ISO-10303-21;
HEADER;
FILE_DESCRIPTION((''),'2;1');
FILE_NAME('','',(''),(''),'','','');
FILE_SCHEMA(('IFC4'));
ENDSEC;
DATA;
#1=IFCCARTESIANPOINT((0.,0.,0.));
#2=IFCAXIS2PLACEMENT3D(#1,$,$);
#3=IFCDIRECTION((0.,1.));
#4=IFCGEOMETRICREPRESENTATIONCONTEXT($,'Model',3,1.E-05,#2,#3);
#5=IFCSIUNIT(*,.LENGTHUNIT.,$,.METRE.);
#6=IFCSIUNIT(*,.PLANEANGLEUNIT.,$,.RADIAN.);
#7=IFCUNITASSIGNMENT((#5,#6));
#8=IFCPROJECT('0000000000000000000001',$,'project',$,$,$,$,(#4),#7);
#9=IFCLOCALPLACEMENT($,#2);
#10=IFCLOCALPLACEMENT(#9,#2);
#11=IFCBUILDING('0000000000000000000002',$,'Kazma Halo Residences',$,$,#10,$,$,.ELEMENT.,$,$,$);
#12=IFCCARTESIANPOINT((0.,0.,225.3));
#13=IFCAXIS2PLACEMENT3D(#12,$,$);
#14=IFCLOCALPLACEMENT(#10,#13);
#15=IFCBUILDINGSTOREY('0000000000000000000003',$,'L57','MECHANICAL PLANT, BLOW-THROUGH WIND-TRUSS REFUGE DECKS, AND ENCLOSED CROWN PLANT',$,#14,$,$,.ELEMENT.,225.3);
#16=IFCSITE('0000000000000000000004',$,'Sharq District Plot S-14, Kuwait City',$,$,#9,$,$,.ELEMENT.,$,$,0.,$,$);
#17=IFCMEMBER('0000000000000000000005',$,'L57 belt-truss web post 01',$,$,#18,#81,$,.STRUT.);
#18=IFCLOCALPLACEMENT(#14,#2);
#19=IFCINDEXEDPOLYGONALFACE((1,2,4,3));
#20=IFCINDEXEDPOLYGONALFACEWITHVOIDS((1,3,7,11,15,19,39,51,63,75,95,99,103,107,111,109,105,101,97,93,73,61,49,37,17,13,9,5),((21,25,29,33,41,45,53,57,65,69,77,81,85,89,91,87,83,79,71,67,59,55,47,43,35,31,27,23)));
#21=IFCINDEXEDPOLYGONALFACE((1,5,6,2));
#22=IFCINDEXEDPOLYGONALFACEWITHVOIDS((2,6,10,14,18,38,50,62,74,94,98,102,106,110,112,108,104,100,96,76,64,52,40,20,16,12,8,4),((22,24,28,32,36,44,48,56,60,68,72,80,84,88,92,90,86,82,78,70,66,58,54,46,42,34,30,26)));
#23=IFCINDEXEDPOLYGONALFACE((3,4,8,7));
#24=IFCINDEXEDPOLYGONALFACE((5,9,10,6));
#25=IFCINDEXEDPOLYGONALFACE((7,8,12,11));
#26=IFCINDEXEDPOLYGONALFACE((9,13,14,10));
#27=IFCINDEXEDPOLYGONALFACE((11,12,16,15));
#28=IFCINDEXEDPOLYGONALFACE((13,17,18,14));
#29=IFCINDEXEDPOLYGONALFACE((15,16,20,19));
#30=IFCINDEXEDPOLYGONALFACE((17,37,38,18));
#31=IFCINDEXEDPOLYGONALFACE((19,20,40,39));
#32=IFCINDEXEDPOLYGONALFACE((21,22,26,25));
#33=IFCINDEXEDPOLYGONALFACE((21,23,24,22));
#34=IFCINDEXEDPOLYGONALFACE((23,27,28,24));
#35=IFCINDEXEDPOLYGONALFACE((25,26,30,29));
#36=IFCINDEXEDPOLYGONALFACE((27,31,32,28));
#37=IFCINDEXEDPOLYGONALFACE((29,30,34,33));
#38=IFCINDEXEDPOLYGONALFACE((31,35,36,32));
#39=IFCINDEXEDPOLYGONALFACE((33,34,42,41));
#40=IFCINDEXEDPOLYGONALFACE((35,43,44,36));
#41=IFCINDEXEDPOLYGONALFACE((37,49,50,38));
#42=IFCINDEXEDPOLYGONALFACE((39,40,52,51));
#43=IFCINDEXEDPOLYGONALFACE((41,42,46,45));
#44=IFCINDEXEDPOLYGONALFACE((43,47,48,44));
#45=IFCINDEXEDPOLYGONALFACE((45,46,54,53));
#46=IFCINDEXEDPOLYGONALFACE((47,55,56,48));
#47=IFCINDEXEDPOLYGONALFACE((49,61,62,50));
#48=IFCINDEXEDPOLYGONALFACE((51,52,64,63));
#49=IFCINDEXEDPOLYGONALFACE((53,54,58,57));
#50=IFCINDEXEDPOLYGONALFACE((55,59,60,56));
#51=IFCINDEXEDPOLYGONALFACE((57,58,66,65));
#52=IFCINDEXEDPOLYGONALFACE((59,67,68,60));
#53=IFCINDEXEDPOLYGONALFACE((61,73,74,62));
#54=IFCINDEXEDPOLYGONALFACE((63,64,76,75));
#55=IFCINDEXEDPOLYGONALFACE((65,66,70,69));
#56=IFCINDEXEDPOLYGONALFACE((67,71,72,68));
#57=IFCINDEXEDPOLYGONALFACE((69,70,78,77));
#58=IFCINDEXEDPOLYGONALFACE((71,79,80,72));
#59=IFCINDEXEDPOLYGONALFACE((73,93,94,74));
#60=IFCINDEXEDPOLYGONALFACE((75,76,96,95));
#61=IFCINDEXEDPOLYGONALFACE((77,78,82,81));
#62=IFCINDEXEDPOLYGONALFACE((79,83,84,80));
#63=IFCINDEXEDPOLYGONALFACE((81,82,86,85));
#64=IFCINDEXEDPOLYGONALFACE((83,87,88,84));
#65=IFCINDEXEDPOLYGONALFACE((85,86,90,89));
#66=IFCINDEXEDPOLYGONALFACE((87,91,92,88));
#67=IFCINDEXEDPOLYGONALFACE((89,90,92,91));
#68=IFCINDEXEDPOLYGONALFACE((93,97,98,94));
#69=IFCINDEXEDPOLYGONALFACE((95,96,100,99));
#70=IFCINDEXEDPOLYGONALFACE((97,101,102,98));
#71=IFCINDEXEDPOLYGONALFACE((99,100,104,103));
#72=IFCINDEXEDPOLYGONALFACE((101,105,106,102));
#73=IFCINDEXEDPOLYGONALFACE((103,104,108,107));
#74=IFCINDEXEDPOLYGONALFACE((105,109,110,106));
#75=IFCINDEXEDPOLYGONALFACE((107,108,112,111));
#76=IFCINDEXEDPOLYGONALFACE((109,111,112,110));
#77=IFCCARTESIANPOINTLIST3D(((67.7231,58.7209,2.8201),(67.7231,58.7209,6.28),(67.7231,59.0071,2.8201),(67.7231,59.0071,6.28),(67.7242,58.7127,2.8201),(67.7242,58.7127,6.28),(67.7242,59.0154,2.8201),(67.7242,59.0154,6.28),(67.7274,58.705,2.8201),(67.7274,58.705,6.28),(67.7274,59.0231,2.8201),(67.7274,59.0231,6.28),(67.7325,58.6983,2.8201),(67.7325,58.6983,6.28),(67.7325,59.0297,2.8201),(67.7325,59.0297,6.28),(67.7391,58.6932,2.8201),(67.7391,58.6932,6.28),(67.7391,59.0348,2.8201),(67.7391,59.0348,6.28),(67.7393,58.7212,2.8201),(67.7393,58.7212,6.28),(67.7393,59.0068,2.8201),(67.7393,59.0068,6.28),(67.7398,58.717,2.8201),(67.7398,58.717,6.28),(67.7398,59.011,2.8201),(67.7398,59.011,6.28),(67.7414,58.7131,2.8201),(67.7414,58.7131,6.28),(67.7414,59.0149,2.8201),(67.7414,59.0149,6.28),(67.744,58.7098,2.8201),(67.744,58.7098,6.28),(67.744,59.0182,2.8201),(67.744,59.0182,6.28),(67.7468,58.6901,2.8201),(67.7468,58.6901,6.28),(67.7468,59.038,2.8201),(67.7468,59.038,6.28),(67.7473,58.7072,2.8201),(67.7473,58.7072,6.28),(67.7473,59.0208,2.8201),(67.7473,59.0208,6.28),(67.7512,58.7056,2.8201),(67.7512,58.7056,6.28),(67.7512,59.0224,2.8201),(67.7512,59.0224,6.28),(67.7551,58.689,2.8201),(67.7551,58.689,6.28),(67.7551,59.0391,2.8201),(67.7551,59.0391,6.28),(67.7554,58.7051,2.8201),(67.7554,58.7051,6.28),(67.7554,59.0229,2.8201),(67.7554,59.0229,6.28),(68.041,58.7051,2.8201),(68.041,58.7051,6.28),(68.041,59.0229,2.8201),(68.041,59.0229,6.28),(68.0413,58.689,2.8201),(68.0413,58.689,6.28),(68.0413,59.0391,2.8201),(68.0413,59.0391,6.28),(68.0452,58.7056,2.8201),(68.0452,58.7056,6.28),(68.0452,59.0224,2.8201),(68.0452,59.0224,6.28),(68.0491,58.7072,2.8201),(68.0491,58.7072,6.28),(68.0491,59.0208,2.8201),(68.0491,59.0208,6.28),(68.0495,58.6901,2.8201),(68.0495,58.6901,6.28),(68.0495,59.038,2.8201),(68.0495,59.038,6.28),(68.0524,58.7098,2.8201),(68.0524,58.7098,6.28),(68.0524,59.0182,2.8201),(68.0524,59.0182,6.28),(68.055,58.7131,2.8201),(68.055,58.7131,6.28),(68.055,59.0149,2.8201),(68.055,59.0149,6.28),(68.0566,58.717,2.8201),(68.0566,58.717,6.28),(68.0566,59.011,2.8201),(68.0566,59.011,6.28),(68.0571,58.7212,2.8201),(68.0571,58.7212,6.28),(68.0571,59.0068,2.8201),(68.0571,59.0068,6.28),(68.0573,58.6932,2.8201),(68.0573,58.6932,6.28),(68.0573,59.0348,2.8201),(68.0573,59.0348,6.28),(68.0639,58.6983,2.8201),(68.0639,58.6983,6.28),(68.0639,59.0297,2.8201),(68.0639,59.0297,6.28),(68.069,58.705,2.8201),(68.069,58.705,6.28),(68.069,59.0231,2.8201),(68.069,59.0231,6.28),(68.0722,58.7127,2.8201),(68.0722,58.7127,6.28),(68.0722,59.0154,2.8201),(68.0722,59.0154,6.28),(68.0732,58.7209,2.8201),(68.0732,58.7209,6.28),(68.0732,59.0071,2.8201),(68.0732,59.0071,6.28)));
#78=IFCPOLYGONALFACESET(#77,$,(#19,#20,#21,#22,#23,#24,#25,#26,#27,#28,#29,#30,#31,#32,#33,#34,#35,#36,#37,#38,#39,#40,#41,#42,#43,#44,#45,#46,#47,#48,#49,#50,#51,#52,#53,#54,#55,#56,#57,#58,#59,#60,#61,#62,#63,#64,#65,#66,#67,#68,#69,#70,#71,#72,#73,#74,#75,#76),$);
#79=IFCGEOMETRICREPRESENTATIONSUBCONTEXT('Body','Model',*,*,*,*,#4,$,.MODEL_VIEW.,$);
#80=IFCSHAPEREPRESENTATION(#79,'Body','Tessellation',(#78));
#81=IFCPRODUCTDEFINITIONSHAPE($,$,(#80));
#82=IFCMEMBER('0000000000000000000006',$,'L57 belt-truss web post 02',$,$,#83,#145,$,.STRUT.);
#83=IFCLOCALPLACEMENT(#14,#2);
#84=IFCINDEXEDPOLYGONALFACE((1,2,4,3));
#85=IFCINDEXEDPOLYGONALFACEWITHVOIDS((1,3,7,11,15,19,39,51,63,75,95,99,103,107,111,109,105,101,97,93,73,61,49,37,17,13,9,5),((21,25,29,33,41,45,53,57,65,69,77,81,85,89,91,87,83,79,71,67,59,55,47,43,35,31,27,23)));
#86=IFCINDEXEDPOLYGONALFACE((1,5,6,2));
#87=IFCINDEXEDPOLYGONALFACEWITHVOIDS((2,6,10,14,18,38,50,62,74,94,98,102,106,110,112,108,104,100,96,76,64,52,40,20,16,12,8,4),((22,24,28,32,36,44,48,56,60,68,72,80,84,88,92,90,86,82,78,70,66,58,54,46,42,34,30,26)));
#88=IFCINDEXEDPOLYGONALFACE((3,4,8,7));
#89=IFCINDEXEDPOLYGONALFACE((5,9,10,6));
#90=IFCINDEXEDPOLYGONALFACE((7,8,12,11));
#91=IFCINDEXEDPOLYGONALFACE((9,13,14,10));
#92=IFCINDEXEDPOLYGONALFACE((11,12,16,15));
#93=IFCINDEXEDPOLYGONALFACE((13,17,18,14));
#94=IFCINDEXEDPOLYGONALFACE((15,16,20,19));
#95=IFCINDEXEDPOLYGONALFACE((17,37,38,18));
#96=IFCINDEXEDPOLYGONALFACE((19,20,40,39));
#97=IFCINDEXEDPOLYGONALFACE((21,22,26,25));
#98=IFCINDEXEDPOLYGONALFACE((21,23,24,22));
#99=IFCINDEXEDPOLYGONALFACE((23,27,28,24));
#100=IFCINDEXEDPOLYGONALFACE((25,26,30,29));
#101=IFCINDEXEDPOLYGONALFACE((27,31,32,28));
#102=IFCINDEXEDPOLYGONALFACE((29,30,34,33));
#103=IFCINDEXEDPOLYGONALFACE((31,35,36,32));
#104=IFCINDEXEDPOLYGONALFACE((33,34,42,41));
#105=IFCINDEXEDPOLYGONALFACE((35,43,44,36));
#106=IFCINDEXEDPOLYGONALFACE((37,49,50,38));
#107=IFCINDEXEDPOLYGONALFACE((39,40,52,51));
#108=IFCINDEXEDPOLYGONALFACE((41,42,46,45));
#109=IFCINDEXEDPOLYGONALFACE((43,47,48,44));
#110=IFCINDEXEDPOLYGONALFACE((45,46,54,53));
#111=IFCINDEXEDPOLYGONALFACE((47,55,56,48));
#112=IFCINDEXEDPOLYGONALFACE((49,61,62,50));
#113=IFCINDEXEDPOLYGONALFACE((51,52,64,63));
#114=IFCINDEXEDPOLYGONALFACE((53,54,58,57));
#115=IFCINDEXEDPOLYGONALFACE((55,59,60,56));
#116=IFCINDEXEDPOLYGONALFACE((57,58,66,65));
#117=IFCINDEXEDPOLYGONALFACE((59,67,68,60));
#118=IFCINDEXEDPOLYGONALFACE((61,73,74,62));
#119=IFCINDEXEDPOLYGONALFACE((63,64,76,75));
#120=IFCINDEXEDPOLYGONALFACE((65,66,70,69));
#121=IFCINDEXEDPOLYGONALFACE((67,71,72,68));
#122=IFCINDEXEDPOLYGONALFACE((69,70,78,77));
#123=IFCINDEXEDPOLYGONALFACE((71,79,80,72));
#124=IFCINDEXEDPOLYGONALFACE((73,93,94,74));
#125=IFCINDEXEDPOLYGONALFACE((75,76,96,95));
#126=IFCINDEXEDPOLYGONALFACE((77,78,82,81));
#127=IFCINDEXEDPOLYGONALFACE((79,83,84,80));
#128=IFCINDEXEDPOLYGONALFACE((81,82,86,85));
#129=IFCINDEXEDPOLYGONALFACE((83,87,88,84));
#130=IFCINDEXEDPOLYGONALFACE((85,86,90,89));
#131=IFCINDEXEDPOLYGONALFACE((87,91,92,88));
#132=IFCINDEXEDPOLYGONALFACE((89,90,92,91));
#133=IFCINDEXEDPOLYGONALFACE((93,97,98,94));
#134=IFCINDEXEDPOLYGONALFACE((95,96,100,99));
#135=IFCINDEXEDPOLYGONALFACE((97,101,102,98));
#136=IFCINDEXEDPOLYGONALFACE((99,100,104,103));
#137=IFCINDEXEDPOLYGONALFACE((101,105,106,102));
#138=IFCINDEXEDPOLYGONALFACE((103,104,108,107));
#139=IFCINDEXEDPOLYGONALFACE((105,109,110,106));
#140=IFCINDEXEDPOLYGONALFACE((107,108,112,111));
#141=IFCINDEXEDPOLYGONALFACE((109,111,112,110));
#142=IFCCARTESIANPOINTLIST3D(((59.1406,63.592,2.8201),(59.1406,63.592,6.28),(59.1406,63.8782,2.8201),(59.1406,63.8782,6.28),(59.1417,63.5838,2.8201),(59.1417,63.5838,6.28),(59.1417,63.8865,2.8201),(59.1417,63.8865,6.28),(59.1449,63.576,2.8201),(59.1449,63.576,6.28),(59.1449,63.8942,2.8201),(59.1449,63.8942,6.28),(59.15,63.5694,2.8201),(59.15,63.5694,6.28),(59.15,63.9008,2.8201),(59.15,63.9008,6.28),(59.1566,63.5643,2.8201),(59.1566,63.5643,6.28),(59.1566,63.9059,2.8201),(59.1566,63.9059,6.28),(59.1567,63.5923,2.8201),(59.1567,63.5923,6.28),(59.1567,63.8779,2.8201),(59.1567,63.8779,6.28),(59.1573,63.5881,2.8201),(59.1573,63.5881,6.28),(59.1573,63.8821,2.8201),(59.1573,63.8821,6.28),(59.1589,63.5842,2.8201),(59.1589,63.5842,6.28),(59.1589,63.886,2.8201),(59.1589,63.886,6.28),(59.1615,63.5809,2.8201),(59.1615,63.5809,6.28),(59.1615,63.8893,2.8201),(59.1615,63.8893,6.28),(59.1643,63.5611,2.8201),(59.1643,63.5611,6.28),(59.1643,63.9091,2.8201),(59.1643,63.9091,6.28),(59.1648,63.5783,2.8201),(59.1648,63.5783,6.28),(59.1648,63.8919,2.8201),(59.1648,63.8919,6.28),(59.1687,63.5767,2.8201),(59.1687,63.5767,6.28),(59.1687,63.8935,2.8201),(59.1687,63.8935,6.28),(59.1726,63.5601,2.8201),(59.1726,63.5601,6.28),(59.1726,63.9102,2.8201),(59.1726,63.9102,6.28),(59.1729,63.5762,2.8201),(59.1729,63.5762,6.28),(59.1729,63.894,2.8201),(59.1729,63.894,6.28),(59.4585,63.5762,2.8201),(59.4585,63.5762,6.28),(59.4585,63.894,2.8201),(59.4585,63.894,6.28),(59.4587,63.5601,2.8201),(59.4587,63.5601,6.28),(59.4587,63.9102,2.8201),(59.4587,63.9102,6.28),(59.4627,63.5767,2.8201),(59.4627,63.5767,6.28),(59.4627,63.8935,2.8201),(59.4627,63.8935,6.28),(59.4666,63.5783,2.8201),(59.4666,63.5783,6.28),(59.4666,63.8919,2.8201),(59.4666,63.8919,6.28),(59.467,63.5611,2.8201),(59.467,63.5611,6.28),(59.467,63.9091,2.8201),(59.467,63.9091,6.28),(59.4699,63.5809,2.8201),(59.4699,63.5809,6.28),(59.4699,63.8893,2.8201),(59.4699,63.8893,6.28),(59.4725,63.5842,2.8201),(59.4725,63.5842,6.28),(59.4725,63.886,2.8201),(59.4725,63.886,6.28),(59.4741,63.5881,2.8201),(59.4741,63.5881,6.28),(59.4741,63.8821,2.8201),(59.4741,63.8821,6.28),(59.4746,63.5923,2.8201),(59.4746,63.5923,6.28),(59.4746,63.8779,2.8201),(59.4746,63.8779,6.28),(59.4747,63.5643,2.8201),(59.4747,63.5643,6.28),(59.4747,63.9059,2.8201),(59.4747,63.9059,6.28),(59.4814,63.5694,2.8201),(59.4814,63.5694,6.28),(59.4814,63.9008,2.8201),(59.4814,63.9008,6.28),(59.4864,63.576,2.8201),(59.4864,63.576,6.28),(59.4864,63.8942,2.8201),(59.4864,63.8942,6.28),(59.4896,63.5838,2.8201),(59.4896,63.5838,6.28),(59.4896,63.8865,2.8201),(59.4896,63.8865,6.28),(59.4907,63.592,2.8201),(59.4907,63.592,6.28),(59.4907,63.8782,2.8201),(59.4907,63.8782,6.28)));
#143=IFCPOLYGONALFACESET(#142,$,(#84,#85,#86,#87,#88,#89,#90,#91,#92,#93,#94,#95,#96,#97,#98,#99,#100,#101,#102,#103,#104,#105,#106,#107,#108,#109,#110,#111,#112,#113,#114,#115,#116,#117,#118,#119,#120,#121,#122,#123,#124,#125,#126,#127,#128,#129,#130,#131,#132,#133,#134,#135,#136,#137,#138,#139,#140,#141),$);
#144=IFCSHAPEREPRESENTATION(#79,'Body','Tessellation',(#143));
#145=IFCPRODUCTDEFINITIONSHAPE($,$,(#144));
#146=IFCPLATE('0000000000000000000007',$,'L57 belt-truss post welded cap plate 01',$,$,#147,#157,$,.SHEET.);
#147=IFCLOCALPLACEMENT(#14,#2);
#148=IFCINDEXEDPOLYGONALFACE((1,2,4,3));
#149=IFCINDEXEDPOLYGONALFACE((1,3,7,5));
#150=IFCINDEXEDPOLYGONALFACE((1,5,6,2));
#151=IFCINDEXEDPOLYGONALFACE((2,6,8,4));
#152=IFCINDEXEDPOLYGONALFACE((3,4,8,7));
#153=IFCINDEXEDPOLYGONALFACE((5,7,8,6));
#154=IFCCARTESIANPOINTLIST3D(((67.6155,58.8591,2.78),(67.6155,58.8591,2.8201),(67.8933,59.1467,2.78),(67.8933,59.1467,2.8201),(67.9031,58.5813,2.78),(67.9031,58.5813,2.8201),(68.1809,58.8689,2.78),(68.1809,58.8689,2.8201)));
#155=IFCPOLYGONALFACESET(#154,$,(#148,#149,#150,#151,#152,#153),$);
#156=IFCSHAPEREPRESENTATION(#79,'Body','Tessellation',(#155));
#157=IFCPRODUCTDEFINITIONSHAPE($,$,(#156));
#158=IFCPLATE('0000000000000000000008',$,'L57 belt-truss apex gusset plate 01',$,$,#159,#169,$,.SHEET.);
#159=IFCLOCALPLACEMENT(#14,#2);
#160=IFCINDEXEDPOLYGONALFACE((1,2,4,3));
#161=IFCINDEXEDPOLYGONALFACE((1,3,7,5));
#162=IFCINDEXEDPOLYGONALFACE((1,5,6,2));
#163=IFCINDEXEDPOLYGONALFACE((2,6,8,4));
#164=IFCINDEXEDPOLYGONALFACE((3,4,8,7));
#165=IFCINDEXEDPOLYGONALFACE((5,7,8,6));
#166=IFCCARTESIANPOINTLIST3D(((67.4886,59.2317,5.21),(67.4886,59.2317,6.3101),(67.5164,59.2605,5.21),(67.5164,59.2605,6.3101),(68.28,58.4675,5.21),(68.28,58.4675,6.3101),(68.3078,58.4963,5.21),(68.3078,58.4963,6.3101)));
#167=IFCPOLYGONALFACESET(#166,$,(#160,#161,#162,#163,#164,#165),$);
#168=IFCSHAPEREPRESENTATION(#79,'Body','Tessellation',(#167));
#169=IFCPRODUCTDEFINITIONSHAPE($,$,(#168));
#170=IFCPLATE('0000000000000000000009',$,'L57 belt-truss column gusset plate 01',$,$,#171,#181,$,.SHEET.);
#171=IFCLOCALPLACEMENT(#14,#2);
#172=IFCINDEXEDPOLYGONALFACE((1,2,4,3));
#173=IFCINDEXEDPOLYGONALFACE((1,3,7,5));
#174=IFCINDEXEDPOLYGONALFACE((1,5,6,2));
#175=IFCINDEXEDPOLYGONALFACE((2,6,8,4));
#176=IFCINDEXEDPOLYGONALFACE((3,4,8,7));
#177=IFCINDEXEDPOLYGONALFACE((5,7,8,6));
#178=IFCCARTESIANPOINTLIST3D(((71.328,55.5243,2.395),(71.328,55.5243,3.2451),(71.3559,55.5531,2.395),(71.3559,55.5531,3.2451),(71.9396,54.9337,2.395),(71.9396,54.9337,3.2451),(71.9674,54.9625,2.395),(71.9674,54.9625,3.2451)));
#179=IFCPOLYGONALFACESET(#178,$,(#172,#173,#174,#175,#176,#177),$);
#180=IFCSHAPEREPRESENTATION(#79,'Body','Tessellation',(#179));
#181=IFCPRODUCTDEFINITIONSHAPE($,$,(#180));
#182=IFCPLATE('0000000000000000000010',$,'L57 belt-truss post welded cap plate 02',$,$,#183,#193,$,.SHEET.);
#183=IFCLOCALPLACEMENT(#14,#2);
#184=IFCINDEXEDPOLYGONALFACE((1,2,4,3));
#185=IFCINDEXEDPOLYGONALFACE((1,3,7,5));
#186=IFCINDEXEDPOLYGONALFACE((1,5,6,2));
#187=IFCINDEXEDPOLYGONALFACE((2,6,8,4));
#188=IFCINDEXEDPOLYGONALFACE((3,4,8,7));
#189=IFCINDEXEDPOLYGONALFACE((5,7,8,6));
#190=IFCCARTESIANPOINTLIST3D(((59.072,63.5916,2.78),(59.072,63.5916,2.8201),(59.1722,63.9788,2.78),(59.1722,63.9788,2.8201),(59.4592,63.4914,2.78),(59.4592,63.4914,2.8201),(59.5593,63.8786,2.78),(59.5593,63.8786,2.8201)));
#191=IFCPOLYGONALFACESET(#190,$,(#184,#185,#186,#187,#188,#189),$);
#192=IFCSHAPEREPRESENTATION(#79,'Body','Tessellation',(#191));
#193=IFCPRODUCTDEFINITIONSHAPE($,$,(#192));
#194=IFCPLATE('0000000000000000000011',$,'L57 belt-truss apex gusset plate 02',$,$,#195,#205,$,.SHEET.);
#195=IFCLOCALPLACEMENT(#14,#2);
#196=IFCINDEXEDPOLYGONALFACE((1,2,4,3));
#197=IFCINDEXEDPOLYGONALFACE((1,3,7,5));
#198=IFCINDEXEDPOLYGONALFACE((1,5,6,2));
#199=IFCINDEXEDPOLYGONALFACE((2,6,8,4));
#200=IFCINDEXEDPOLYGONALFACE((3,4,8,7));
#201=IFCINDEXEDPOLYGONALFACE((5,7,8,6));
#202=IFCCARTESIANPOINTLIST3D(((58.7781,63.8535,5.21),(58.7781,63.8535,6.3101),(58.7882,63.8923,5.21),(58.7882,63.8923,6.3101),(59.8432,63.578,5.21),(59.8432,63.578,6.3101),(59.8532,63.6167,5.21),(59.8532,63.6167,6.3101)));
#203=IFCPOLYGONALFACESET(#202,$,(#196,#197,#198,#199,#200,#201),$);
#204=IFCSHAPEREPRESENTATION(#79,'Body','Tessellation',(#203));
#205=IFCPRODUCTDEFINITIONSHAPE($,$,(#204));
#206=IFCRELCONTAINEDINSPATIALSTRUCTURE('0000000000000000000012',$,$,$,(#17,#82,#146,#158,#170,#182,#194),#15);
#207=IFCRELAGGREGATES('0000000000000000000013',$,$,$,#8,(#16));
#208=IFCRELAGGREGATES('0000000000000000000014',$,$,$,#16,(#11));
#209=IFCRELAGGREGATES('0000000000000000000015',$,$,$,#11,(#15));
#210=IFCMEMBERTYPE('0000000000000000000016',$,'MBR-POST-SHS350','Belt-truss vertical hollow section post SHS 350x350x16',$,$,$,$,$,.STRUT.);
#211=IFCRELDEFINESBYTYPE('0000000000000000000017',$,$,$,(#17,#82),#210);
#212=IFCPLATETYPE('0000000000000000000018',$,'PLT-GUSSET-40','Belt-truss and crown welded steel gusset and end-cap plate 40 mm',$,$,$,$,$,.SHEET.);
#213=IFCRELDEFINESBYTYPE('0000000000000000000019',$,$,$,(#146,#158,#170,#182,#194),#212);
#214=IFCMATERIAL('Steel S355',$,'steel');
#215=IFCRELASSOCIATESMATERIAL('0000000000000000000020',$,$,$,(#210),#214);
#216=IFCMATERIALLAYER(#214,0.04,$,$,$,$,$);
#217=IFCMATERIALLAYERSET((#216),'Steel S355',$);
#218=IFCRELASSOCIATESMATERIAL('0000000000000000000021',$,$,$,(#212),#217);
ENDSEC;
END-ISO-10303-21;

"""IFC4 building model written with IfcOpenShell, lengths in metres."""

from ifc_helpers import new_model, si_unit, direction, frame, origin, origin_2d, place, context, subcontext, project, spatial, rectangle, hollow_rectangle, extrude, material, layer, layer_set, material_profile, profile_set, type_object, element, save


model = new_model("IFC4")

# Units and contexts
model_context = context("Model", 3, precision=1e-05, world=origin(), true_north=direction((0.0, 1.0)))
body_context = subcontext(model_context, "Body", "Model", "MODEL_VIEW")
ifc_project = project(units=[si_unit("LENGTHUNIT", "METRE"), si_unit("PLANEANGLEUNIT", "RADIAN")], contexts=[model_context])

# Site, building, storey
site_placement = place(None, origin())
site = spatial("IfcSite", under=ifc_project, at=site_placement, Name="Sharq District Plot S-14, Kuwait City", CompositionType="ELEMENT", RefElevation=0.0)
building_placement = place(site_placement, origin())
building = spatial("IfcBuilding", under=site, at=building_placement, Name="Kazma Halo Residences", CompositionType="ELEMENT")
storey_placement = place(building_placement, frame((0.0, 0.0, 225.3)))
storey = spatial("IfcBuildingStorey", under=building, at=storey_placement, Name="L57", Description="MECHANICAL PLANT, BLOW-THROUGH WIND-TRUSS REFUGE DECKS, AND ENCLOSED CROWN PLANT", CompositionType="ELEMENT", Elevation=225.3)

# Shared definitions
ifc_material_1 = material(Name="Steel S355", Category="steel")

# Members
ifc_material_profile_1 = material_profile(ifc_material_1, hollow_rectangle(XDim=0.3501, YDim=0.3501, WallThickness=0.0161, InnerFilletRadius=0.0161, OuterFilletRadius=0.032, at=origin_2d()), Name="SHS350x350x16")
ifc_profile_set_1 = profile_set([ifc_material_profile_1], Name="Steel S355")
member_type_1 = type_object("IfcMemberType", Name="MBR-POST-SHS350", Description="Belt-truss vertical hollow section post SHS 350x350x16", PredefinedType="STRUT", material=ifc_profile_set_1)
for number, where, z_axis, x_axis, name in (
    (1, (67.8982, 58.864, 2.8201), (0.0, 0.0, 1.0), (1.0, 0.0, 0.0), "L57 belt-truss web post 01"),
    (2, (59.3157, 63.7351, 2.8201), (0.0, 0.0, 1.0), (1.0, 0.0, 0.0), "L57 belt-truss web post 02"),
):
    element("IfcMember", number, at=place(storey_placement, frame(where, z_axis=z_axis, x_axis=x_axis)), inside=storey, type_object=member_type_1, Name=name, PredefinedType="STRUT", context=body_context, shape_type="SweptSolid", body=[
        extrude(hollow_rectangle(XDim=0.3501, YDim=0.3501, WallThickness=0.0161, InnerFilletRadius=0.0161, OuterFilletRadius=0.032, at=origin_2d()), origin(), (0.0, 0.0, 1.0), 3.46),
    ])

# Plates
ifc_layer_1 = layer(ifc_material_1, 0.04)
ifc_layer_set_1 = layer_set([ifc_layer_1], Name="Steel S355")
plate_type = type_object("IfcPlateType", Name="PLT-GUSSET-40", Description="Belt-truss and crown welded steel gusset and end-cap plate 40 mm", PredefinedType="SHEET", material=ifc_layer_set_1)
plate_1_placement = place(storey_placement, frame((67.8982, 58.864, 2.78), z_axis=(0.0, 0.0, 1.0), x_axis=(-0.71934, 0.694658, 0.0)))
element("IfcPlate", 3, at=plate_1_placement, inside=storey, type_object=plate_type, Name="L57 belt-truss post welded cap plate 01", PredefinedType="SHEET", context=body_context, shape_type="SweptSolid", body=[
    extrude(rectangle(XDim=0.3999, YDim=0.3999, at=origin_2d()), origin(), (0.0, 0.0, 1.0), 0.04),
])
plate_2_placement = place(storey_placement, frame((67.8982, 58.864, 5.21), z_axis=(0.0, 0.0, 1.0), x_axis=(-0.71934, 0.694658, 0.0)))
element("IfcPlate", 4, at=plate_2_placement, inside=storey, type_object=plate_type, Name="L57 belt-truss apex gusset plate 01", PredefinedType="SHEET", context=body_context, shape_type="SweptSolid", body=[
    extrude(rectangle(XDim=1.1001, YDim=0.04, at=origin_2d()), origin(), (0.0, 0.0, 1.0), 1.1001),
])
plate_3_placement = place(storey_placement, frame((71.6477, 55.2434, 2.395), z_axis=(0.0, 0.0, 1.0), x_axis=(-0.71934, 0.694658, 0.0)))
element("IfcPlate", 5, at=plate_3_placement, inside=storey, type_object=plate_type, Name="L57 belt-truss column gusset plate 01", PredefinedType="SHEET", context=body_context, shape_type="SweptSolid", body=[
    extrude(rectangle(XDim=0.8501, YDim=0.04, at=origin_2d()), origin(), (0.0, 0.0, 1.0), 0.8501),
])
plate_4_placement = place(storey_placement, frame((59.3157, 63.7351, 2.78), z_axis=(0.0, 0.0, 1.0), x_axis=(-0.968125, 0.250467, 0.0)))
element("IfcPlate", 6, at=plate_4_placement, inside=storey, type_object=plate_type, Name="L57 belt-truss post welded cap plate 02", PredefinedType="SHEET", context=body_context, shape_type="SweptSolid", body=[
    extrude(rectangle(XDim=0.3999, YDim=0.3999, at=origin_2d()), origin(), (0.0, 0.0, 1.0), 0.04),
])
plate_5_placement = place(storey_placement, frame((59.3157, 63.7351, 5.21), z_axis=(0.0, 0.0, 1.0), x_axis=(-0.968125, 0.250467, 0.0)))
element("IfcPlate", 7, at=plate_5_placement, inside=storey, type_object=plate_type, Name="L57 belt-truss apex gusset plate 02", PredefinedType="SHEET", context=body_context, shape_type="SweptSolid", body=[
    extrude(rectangle(XDim=1.1001, YDim=0.04, at=origin_2d()), origin(), (0.0, 0.0, 1.0), 1.1001),
])

save(model, "model.ifc")
